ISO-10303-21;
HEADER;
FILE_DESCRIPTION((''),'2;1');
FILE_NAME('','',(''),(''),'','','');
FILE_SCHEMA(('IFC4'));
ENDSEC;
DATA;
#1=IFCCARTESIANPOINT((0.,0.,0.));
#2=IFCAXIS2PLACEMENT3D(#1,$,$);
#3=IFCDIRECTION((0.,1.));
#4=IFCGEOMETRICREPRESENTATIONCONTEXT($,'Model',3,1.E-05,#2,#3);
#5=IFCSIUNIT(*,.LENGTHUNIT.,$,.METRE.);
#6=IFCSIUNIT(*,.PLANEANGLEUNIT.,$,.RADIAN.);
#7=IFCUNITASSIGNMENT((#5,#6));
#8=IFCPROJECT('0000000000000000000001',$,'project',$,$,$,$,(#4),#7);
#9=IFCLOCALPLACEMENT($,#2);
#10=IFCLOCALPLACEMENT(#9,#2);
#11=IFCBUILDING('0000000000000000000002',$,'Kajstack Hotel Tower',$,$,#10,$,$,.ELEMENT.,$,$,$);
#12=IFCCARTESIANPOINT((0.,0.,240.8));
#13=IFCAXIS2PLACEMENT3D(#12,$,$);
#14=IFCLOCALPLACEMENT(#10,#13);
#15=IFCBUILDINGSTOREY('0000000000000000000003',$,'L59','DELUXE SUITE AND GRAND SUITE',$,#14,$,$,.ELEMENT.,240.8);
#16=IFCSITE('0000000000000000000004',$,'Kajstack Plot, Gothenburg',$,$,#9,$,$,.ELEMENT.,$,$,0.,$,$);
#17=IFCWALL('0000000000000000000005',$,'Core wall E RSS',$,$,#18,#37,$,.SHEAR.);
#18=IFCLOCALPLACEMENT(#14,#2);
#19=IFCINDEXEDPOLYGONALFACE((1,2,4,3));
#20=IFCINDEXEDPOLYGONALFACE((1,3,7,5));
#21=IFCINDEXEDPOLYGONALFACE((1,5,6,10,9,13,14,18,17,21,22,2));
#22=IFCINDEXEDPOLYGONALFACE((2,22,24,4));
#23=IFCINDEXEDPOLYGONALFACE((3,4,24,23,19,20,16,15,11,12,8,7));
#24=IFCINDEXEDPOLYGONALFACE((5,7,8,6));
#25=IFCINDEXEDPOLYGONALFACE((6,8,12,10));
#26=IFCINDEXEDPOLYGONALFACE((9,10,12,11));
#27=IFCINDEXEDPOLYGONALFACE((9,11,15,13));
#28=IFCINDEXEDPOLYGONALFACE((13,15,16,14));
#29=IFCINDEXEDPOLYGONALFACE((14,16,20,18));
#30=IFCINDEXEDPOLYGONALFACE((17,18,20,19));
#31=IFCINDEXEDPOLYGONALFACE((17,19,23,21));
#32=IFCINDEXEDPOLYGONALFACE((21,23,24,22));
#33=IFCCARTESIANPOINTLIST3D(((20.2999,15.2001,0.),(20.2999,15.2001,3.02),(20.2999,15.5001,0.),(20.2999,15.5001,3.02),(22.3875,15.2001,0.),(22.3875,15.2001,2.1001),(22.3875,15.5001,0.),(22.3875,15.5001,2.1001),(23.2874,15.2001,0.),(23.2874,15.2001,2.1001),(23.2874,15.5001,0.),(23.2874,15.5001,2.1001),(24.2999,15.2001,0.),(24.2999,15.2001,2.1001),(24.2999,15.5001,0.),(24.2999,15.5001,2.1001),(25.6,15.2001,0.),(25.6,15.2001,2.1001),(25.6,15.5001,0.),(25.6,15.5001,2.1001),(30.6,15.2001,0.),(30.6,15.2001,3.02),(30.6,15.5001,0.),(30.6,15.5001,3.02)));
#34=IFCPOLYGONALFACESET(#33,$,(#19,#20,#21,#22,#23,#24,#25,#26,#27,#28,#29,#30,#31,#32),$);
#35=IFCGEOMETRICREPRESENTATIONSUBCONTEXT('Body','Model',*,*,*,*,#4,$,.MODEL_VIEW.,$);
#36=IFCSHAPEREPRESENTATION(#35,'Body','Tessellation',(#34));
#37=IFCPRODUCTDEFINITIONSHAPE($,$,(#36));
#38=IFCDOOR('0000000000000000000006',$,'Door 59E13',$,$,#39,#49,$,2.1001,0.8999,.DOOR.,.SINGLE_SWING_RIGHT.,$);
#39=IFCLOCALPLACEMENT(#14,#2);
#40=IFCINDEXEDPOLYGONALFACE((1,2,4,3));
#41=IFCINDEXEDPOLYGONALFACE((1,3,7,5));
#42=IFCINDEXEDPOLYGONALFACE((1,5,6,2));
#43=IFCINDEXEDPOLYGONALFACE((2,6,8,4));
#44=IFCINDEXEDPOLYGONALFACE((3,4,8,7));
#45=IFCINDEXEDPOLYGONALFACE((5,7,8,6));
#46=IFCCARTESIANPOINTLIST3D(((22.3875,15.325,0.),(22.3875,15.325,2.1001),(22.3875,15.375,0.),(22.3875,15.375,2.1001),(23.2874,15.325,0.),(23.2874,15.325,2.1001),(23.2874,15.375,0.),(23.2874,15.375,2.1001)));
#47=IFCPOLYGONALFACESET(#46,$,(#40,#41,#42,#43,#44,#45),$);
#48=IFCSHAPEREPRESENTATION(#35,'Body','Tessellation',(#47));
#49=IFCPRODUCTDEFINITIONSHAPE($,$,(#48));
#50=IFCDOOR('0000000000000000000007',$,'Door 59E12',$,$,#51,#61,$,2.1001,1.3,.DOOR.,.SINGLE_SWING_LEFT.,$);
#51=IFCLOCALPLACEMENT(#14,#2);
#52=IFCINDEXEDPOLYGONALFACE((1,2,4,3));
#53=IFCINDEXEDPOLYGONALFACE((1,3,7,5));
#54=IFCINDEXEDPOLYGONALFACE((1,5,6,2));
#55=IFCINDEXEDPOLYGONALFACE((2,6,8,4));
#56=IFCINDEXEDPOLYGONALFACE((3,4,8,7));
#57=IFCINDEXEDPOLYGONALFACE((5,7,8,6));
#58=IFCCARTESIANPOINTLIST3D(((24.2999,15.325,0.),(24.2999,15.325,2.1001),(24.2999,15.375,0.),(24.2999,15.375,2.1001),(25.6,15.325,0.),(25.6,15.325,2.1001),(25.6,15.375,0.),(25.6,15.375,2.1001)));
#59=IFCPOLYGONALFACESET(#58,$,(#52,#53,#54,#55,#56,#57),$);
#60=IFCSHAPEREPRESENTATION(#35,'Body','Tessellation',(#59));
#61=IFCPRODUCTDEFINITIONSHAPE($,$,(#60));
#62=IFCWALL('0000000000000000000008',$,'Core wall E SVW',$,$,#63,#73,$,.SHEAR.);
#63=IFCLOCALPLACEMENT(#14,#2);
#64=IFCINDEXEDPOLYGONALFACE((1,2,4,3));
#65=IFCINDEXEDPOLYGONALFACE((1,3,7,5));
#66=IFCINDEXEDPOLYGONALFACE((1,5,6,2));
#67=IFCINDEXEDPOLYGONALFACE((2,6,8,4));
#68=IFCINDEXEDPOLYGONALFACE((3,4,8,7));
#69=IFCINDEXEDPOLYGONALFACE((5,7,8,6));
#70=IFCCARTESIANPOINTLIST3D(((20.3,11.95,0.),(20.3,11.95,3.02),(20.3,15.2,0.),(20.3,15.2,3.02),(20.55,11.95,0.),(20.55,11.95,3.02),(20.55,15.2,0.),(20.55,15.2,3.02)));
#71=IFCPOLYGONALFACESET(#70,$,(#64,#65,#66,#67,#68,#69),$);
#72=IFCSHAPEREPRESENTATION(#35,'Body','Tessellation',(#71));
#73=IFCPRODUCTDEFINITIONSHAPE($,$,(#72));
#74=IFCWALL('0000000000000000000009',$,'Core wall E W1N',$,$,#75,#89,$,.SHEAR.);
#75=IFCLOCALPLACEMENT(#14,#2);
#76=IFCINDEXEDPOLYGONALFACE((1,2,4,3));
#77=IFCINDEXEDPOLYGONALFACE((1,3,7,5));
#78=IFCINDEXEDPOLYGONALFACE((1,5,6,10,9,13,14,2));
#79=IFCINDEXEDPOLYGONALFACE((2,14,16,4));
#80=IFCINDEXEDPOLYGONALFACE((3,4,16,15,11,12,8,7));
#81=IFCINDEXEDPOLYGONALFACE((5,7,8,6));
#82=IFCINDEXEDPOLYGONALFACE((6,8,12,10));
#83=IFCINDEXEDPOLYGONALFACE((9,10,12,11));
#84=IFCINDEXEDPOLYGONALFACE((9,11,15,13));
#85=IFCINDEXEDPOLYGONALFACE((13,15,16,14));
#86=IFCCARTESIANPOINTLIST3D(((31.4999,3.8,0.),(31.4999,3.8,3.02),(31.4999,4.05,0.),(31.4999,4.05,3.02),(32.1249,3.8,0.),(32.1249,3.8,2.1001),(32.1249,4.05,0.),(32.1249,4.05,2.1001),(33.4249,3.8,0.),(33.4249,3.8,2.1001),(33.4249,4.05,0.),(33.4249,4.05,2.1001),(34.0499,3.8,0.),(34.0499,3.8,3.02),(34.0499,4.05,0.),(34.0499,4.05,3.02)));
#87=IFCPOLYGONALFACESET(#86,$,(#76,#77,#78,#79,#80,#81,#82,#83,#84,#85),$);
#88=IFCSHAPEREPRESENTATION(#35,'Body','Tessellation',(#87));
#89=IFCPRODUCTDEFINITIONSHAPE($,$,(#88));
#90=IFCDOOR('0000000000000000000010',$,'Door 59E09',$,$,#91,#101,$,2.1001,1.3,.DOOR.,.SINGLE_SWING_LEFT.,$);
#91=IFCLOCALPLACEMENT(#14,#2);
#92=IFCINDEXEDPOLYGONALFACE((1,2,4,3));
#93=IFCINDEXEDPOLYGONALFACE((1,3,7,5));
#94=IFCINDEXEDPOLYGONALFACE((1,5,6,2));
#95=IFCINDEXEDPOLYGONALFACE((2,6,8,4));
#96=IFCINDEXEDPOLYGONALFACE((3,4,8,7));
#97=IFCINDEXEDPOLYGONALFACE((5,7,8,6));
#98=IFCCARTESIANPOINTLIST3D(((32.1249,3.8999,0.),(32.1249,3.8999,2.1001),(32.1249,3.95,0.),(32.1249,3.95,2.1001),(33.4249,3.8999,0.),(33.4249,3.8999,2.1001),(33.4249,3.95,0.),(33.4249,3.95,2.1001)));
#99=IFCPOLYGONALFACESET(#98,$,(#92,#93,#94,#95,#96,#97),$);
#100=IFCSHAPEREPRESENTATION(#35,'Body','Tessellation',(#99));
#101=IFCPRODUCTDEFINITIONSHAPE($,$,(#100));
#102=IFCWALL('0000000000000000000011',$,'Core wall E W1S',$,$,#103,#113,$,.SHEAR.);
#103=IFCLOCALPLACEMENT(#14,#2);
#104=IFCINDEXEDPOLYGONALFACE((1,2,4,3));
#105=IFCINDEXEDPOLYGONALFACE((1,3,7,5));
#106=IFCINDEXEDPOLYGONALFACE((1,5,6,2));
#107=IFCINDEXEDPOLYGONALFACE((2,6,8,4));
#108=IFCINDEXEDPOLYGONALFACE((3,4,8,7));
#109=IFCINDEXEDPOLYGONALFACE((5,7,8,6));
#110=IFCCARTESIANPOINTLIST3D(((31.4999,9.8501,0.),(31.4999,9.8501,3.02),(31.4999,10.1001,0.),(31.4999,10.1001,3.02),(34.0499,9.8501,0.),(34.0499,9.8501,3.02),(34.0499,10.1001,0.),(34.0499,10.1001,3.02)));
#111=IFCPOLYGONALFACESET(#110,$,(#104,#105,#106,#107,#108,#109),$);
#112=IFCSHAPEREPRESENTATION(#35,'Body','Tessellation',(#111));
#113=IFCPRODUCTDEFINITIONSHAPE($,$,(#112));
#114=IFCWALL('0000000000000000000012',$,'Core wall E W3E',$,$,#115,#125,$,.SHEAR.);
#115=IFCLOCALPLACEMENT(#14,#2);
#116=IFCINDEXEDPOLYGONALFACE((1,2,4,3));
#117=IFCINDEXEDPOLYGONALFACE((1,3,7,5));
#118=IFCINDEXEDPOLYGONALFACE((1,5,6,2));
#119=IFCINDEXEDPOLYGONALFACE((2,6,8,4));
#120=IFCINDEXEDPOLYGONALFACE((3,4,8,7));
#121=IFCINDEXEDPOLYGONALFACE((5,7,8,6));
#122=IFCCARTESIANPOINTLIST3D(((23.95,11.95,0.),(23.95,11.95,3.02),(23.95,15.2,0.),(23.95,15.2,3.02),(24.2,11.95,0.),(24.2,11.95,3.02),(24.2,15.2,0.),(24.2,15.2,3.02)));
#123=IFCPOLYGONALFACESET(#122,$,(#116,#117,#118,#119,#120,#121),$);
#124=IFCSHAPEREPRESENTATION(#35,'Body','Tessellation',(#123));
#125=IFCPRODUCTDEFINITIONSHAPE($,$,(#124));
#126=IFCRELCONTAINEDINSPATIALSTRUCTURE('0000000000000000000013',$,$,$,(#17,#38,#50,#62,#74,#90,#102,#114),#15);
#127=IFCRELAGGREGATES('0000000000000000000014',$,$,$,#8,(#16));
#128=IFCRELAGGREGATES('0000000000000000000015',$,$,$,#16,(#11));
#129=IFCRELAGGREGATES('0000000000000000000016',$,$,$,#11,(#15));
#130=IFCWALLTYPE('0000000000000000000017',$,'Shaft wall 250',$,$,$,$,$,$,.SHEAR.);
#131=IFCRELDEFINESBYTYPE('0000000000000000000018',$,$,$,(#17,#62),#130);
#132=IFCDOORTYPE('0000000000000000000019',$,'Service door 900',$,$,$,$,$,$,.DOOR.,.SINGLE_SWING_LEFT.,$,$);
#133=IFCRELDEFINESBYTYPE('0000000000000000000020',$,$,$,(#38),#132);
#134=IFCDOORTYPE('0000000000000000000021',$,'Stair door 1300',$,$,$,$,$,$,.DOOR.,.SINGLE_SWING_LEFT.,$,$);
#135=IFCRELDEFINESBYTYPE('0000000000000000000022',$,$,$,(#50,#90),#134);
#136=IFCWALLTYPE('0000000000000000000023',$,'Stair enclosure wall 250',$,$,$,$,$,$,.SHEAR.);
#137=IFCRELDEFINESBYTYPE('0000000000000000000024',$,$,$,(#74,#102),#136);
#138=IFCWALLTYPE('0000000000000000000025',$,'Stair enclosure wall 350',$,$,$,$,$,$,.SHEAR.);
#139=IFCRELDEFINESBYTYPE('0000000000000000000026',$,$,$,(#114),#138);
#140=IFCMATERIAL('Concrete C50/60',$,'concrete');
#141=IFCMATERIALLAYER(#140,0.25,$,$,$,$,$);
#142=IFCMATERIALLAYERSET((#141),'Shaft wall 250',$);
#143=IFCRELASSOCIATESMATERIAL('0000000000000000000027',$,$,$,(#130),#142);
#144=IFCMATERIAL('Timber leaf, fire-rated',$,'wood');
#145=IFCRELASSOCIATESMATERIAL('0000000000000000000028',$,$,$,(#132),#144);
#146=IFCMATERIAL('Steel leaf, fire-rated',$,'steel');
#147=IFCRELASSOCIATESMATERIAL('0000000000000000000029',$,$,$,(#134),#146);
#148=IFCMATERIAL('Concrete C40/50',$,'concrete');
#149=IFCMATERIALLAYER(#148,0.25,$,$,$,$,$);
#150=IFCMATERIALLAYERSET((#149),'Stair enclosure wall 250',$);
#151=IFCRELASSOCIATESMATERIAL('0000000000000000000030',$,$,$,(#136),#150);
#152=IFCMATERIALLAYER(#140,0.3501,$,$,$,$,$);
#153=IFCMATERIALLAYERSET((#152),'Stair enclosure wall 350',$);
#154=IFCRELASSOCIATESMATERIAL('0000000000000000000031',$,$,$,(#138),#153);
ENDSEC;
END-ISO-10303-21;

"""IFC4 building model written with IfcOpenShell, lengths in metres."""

from ifc_helpers import new_model, si_unit, direction, frame, frame_2d, origin, place, context, subcontext, project, spatial, rectangle, extrude, material, layer, layer_set, type_object, element, fill, save


model = new_model("IFC4")

# Units and contexts
model_context = context("Model", 3, precision=1e-05, world=origin(), true_north=direction((0.0, 1.0)))
body_context = subcontext(model_context, "Body", "Model", "MODEL_VIEW")
ifc_project = project(units=[si_unit("LENGTHUNIT", "METRE"), si_unit("PLANEANGLEUNIT", "RADIAN")], contexts=[model_context])

# Site, building, storey
site_placement = place(None, origin())
site = spatial("IfcSite", under=ifc_project, at=site_placement, Name="Kajstack Plot, Gothenburg", CompositionType="ELEMENT", RefElevation=0.0)
building_placement = place(site_placement, origin())
building = spatial("IfcBuilding", under=site, at=building_placement, Name="Kajstack Hotel Tower", CompositionType="ELEMENT")
storey_placement = place(building_placement, frame((0.0, 0.0, 240.8)))
storey = spatial("IfcBuildingStorey", under=building, at=storey_placement, Name="L59", Description="DELUXE SUITE AND GRAND SUITE", CompositionType="ELEMENT", Elevation=240.8)

# Shared definitions
ifc_material_1 = material(Name="Concrete C40/50", Category="concrete")
ifc_material_2 = material(Name="Concrete C50/60", Category="concrete")

# Wall, openings, doors
ifc_layer_1 = layer(ifc_material_2, 0.25)
ifc_layer_set_1 = layer_set([ifc_layer_1], Name="Shaft wall 250")
wall_type_1 = type_object("IfcWallType", Name="Shaft wall 250", PredefinedType="SHEAR", material=ifc_layer_set_1)
wall_1_placement = place(storey_placement, frame((20.3, 15.3501, 0.0), z_axis=(0.0, 0.0, 1.0), x_axis=(1.0, 0.0, 0.0)))
wall_1 = element("IfcWall", 1, at=wall_1_placement, inside=storey, type_object=wall_type_1, Name="Core wall E RSS", PredefinedType="SHEAR", context=body_context, shape_type="SweptSolid", body=[
    extrude(rectangle(XDim=10.3, YDim=0.3, at=frame_2d((5.1499, 0.0))), origin(), (0.0, 0.0, 1.0), 3.02),
])
opening_1_placement = place(wall_1_placement, frame((4.0, 0.0, 0.0)))
opening_1 = element("IfcOpeningElement", 2, at=opening_1_placement, cuts=wall_1, PredefinedType="OPENING", context=body_context, shape_type="SweptSolid", body=[
    extrude(rectangle(XDim=1.3, YDim=2.1001, at=frame_2d((0.6499, 1.05))), frame((0.0, 0.1599, 0.0), z_axis=(0.0, -1.0, 0.0), x_axis=(1.0, 0.0, 0.0)), (0.0, 0.0, 1.0), 0.3201),
])
opening_2_placement = place(wall_1_placement, frame((2.0874, 0.0, 0.0)))
opening_2 = element("IfcOpeningElement", 3, at=opening_2_placement, cuts=wall_1, PredefinedType="OPENING", context=body_context, shape_type="SweptSolid", body=[
    extrude(rectangle(XDim=0.8999, YDim=2.1001, at=frame_2d((0.45, 1.05))), frame((0.0, 0.1599, 0.0), z_axis=(0.0, -1.0, 0.0), x_axis=(1.0, 0.0, 0.0)), (0.0, 0.0, 1.0), 0.3201),
])
ifc_material_3 = material(Name="Timber leaf, fire-rated", Category="wood")
door_type_1 = type_object("IfcDoorType", Name="Service door 900", OperationType="SINGLE_SWING_LEFT", PredefinedType="DOOR", material=ifc_material_3)
door_1_placement = place(opening_2_placement, origin())
door_1 = element("IfcDoor", 4, at=door_1_placement, inside=storey, type_object=door_type_1, Name="Door 59E13", OperationType="SINGLE_SWING_RIGHT", OverallHeight=2.1001, OverallWidth=0.8999, PredefinedType="DOOR", context=body_context, shape_type="SweptSolid", body=[
    extrude(rectangle(XDim=0.8999, YDim=2.1001, at=frame_2d((0.45, 1.05))), frame((0.0, 0.0249, 0.0), z_axis=(0.0, -1.0, 0.0), x_axis=(1.0, 0.0, 0.0)), (0.0, 0.0, 1.0), 0.05),
])
fill(opening_2, door_1)
ifc_material_4 = material(Name="Steel leaf, fire-rated", Category="steel")
door_type_2 = type_object("IfcDoorType", Name="Stair door 1300", OperationType="SINGLE_SWING_LEFT", PredefinedType="DOOR", material=ifc_material_4)
door_2_placement = place(opening_1_placement, origin())
door_2 = element("IfcDoor", 5, at=door_2_placement, inside=storey, type_object=door_type_2, Name="Door 59E12", OperationType="SINGLE_SWING_LEFT", OverallHeight=2.1001, OverallWidth=1.3, PredefinedType="DOOR", context=body_context, shape_type="SweptSolid", body=[
    extrude(rectangle(XDim=1.3, YDim=2.1001, at=frame_2d((0.6499, 1.05))), frame((0.0, 0.0249, 0.0), z_axis=(0.0, -1.0, 0.0), x_axis=(1.0, 0.0, 0.0)), (0.0, 0.0, 1.0), 0.05),
])
fill(opening_1, door_2)

# Wall
wall_2_placement = place(storey_placement, frame((20.425, 11.95, 0.0), z_axis=(0.0, 0.0, 1.0), x_axis=(0.0, 1.0, 0.0)))
element("IfcWall", 6, at=wall_2_placement, inside=storey, type_object=wall_type_1, Name="Core wall E SVW", PredefinedType="SHEAR", context=body_context, shape_type="SweptSolid", body=[
    extrude(rectangle(XDim=3.25, YDim=0.25, at=frame_2d((1.625, 0.0))), origin(), (0.0, 0.0, 1.0), 3.02),
])

# Wall, opening, door
ifc_layer_2 = layer(ifc_material_1, 0.25)
ifc_layer_set_2 = layer_set([ifc_layer_2], Name="Stair enclosure wall 250")
wall_type_2 = type_object("IfcWallType", Name="Stair enclosure wall 250", PredefinedType="SHEAR", material=ifc_layer_set_2)
wall_3_placement = place(storey_placement, frame((31.5, 3.925, 0.0), z_axis=(0.0, 0.0, 1.0), x_axis=(1.0, 0.0, 0.0)))
wall_3 = element("IfcWall", 7, at=wall_3_placement, inside=storey, type_object=wall_type_2, Name="Core wall E W1N", PredefinedType="SHEAR", context=body_context, shape_type="SweptSolid", body=[
    extrude(rectangle(XDim=2.55, YDim=0.25, at=frame_2d((1.2749, 0.0))), origin(), (0.0, 0.0, 1.0), 3.02),
])
opening_3_placement = place(wall_3_placement, frame((0.625, 0.0, 0.0)))
opening_3 = element("IfcOpeningElement", 8, at=opening_3_placement, cuts=wall_3, PredefinedType="OPENING", context=body_context, shape_type="SweptSolid", body=[
    extrude(rectangle(XDim=1.3, YDim=2.1001, at=frame_2d((0.6499, 1.05))), frame((0.0, 0.135, 0.0), z_axis=(0.0, -1.0, 0.0), x_axis=(1.0, 0.0, 0.0)), (0.0, 0.0, 1.0), 0.27),
])
door_3_placement = place(opening_3_placement, origin())
door_3 = element("IfcDoor", 9, at=door_3_placement, inside=storey, type_object=door_type_2, Name="Door 59E09", OperationType="SINGLE_SWING_LEFT", OverallHeight=2.1001, OverallWidth=1.3, PredefinedType="DOOR", context=body_context, shape_type="SweptSolid", body=[
    extrude(rectangle(XDim=1.3, YDim=2.1001, at=frame_2d((0.6499, 1.05))), frame((0.0, 0.0249, 0.0), z_axis=(0.0, -1.0, 0.0), x_axis=(1.0, 0.0, 0.0)), (0.0, 0.0, 1.0), 0.05),
])
fill(opening_3, door_3)

# Walls
wall_4_placement = place(storey_placement, frame((31.5, 9.9751, 0.0), z_axis=(0.0, 0.0, 1.0), x_axis=(1.0, 0.0, 0.0)))
element("IfcWall", 10, at=wall_4_placement, inside=storey, type_object=wall_type_2, Name="Core wall E W1S", PredefinedType="SHEAR", context=body_context, shape_type="SweptSolid", body=[
    extrude(rectangle(XDim=2.55, YDim=0.25, at=frame_2d((1.2749, 0.0))), origin(), (0.0, 0.0, 1.0), 3.02),
])
ifc_layer_3 = layer(ifc_material_2, 0.3501)
ifc_layer_set_3 = layer_set([ifc_layer_3], Name="Stair enclosure wall 350")
wall_type_3 = type_object("IfcWallType", Name="Stair enclosure wall 350", PredefinedType="SHEAR", material=ifc_layer_set_3)
wall_5_placement = place(storey_placement, frame((24.075, 11.95, 0.0), z_axis=(0.0, 0.0, 1.0), x_axis=(0.0, 1.0, 0.0)))
element("IfcWall", 11, at=wall_5_placement, inside=storey, type_object=wall_type_3, Name="Core wall E W3E", PredefinedType="SHEAR", context=body_context, shape_type="SweptSolid", body=[
    extrude(rectangle(XDim=3.25, YDim=0.25, at=frame_2d((1.625, 0.0))), origin(), (0.0, 0.0, 1.0), 3.02),
])

save(model, "model.ifc")
